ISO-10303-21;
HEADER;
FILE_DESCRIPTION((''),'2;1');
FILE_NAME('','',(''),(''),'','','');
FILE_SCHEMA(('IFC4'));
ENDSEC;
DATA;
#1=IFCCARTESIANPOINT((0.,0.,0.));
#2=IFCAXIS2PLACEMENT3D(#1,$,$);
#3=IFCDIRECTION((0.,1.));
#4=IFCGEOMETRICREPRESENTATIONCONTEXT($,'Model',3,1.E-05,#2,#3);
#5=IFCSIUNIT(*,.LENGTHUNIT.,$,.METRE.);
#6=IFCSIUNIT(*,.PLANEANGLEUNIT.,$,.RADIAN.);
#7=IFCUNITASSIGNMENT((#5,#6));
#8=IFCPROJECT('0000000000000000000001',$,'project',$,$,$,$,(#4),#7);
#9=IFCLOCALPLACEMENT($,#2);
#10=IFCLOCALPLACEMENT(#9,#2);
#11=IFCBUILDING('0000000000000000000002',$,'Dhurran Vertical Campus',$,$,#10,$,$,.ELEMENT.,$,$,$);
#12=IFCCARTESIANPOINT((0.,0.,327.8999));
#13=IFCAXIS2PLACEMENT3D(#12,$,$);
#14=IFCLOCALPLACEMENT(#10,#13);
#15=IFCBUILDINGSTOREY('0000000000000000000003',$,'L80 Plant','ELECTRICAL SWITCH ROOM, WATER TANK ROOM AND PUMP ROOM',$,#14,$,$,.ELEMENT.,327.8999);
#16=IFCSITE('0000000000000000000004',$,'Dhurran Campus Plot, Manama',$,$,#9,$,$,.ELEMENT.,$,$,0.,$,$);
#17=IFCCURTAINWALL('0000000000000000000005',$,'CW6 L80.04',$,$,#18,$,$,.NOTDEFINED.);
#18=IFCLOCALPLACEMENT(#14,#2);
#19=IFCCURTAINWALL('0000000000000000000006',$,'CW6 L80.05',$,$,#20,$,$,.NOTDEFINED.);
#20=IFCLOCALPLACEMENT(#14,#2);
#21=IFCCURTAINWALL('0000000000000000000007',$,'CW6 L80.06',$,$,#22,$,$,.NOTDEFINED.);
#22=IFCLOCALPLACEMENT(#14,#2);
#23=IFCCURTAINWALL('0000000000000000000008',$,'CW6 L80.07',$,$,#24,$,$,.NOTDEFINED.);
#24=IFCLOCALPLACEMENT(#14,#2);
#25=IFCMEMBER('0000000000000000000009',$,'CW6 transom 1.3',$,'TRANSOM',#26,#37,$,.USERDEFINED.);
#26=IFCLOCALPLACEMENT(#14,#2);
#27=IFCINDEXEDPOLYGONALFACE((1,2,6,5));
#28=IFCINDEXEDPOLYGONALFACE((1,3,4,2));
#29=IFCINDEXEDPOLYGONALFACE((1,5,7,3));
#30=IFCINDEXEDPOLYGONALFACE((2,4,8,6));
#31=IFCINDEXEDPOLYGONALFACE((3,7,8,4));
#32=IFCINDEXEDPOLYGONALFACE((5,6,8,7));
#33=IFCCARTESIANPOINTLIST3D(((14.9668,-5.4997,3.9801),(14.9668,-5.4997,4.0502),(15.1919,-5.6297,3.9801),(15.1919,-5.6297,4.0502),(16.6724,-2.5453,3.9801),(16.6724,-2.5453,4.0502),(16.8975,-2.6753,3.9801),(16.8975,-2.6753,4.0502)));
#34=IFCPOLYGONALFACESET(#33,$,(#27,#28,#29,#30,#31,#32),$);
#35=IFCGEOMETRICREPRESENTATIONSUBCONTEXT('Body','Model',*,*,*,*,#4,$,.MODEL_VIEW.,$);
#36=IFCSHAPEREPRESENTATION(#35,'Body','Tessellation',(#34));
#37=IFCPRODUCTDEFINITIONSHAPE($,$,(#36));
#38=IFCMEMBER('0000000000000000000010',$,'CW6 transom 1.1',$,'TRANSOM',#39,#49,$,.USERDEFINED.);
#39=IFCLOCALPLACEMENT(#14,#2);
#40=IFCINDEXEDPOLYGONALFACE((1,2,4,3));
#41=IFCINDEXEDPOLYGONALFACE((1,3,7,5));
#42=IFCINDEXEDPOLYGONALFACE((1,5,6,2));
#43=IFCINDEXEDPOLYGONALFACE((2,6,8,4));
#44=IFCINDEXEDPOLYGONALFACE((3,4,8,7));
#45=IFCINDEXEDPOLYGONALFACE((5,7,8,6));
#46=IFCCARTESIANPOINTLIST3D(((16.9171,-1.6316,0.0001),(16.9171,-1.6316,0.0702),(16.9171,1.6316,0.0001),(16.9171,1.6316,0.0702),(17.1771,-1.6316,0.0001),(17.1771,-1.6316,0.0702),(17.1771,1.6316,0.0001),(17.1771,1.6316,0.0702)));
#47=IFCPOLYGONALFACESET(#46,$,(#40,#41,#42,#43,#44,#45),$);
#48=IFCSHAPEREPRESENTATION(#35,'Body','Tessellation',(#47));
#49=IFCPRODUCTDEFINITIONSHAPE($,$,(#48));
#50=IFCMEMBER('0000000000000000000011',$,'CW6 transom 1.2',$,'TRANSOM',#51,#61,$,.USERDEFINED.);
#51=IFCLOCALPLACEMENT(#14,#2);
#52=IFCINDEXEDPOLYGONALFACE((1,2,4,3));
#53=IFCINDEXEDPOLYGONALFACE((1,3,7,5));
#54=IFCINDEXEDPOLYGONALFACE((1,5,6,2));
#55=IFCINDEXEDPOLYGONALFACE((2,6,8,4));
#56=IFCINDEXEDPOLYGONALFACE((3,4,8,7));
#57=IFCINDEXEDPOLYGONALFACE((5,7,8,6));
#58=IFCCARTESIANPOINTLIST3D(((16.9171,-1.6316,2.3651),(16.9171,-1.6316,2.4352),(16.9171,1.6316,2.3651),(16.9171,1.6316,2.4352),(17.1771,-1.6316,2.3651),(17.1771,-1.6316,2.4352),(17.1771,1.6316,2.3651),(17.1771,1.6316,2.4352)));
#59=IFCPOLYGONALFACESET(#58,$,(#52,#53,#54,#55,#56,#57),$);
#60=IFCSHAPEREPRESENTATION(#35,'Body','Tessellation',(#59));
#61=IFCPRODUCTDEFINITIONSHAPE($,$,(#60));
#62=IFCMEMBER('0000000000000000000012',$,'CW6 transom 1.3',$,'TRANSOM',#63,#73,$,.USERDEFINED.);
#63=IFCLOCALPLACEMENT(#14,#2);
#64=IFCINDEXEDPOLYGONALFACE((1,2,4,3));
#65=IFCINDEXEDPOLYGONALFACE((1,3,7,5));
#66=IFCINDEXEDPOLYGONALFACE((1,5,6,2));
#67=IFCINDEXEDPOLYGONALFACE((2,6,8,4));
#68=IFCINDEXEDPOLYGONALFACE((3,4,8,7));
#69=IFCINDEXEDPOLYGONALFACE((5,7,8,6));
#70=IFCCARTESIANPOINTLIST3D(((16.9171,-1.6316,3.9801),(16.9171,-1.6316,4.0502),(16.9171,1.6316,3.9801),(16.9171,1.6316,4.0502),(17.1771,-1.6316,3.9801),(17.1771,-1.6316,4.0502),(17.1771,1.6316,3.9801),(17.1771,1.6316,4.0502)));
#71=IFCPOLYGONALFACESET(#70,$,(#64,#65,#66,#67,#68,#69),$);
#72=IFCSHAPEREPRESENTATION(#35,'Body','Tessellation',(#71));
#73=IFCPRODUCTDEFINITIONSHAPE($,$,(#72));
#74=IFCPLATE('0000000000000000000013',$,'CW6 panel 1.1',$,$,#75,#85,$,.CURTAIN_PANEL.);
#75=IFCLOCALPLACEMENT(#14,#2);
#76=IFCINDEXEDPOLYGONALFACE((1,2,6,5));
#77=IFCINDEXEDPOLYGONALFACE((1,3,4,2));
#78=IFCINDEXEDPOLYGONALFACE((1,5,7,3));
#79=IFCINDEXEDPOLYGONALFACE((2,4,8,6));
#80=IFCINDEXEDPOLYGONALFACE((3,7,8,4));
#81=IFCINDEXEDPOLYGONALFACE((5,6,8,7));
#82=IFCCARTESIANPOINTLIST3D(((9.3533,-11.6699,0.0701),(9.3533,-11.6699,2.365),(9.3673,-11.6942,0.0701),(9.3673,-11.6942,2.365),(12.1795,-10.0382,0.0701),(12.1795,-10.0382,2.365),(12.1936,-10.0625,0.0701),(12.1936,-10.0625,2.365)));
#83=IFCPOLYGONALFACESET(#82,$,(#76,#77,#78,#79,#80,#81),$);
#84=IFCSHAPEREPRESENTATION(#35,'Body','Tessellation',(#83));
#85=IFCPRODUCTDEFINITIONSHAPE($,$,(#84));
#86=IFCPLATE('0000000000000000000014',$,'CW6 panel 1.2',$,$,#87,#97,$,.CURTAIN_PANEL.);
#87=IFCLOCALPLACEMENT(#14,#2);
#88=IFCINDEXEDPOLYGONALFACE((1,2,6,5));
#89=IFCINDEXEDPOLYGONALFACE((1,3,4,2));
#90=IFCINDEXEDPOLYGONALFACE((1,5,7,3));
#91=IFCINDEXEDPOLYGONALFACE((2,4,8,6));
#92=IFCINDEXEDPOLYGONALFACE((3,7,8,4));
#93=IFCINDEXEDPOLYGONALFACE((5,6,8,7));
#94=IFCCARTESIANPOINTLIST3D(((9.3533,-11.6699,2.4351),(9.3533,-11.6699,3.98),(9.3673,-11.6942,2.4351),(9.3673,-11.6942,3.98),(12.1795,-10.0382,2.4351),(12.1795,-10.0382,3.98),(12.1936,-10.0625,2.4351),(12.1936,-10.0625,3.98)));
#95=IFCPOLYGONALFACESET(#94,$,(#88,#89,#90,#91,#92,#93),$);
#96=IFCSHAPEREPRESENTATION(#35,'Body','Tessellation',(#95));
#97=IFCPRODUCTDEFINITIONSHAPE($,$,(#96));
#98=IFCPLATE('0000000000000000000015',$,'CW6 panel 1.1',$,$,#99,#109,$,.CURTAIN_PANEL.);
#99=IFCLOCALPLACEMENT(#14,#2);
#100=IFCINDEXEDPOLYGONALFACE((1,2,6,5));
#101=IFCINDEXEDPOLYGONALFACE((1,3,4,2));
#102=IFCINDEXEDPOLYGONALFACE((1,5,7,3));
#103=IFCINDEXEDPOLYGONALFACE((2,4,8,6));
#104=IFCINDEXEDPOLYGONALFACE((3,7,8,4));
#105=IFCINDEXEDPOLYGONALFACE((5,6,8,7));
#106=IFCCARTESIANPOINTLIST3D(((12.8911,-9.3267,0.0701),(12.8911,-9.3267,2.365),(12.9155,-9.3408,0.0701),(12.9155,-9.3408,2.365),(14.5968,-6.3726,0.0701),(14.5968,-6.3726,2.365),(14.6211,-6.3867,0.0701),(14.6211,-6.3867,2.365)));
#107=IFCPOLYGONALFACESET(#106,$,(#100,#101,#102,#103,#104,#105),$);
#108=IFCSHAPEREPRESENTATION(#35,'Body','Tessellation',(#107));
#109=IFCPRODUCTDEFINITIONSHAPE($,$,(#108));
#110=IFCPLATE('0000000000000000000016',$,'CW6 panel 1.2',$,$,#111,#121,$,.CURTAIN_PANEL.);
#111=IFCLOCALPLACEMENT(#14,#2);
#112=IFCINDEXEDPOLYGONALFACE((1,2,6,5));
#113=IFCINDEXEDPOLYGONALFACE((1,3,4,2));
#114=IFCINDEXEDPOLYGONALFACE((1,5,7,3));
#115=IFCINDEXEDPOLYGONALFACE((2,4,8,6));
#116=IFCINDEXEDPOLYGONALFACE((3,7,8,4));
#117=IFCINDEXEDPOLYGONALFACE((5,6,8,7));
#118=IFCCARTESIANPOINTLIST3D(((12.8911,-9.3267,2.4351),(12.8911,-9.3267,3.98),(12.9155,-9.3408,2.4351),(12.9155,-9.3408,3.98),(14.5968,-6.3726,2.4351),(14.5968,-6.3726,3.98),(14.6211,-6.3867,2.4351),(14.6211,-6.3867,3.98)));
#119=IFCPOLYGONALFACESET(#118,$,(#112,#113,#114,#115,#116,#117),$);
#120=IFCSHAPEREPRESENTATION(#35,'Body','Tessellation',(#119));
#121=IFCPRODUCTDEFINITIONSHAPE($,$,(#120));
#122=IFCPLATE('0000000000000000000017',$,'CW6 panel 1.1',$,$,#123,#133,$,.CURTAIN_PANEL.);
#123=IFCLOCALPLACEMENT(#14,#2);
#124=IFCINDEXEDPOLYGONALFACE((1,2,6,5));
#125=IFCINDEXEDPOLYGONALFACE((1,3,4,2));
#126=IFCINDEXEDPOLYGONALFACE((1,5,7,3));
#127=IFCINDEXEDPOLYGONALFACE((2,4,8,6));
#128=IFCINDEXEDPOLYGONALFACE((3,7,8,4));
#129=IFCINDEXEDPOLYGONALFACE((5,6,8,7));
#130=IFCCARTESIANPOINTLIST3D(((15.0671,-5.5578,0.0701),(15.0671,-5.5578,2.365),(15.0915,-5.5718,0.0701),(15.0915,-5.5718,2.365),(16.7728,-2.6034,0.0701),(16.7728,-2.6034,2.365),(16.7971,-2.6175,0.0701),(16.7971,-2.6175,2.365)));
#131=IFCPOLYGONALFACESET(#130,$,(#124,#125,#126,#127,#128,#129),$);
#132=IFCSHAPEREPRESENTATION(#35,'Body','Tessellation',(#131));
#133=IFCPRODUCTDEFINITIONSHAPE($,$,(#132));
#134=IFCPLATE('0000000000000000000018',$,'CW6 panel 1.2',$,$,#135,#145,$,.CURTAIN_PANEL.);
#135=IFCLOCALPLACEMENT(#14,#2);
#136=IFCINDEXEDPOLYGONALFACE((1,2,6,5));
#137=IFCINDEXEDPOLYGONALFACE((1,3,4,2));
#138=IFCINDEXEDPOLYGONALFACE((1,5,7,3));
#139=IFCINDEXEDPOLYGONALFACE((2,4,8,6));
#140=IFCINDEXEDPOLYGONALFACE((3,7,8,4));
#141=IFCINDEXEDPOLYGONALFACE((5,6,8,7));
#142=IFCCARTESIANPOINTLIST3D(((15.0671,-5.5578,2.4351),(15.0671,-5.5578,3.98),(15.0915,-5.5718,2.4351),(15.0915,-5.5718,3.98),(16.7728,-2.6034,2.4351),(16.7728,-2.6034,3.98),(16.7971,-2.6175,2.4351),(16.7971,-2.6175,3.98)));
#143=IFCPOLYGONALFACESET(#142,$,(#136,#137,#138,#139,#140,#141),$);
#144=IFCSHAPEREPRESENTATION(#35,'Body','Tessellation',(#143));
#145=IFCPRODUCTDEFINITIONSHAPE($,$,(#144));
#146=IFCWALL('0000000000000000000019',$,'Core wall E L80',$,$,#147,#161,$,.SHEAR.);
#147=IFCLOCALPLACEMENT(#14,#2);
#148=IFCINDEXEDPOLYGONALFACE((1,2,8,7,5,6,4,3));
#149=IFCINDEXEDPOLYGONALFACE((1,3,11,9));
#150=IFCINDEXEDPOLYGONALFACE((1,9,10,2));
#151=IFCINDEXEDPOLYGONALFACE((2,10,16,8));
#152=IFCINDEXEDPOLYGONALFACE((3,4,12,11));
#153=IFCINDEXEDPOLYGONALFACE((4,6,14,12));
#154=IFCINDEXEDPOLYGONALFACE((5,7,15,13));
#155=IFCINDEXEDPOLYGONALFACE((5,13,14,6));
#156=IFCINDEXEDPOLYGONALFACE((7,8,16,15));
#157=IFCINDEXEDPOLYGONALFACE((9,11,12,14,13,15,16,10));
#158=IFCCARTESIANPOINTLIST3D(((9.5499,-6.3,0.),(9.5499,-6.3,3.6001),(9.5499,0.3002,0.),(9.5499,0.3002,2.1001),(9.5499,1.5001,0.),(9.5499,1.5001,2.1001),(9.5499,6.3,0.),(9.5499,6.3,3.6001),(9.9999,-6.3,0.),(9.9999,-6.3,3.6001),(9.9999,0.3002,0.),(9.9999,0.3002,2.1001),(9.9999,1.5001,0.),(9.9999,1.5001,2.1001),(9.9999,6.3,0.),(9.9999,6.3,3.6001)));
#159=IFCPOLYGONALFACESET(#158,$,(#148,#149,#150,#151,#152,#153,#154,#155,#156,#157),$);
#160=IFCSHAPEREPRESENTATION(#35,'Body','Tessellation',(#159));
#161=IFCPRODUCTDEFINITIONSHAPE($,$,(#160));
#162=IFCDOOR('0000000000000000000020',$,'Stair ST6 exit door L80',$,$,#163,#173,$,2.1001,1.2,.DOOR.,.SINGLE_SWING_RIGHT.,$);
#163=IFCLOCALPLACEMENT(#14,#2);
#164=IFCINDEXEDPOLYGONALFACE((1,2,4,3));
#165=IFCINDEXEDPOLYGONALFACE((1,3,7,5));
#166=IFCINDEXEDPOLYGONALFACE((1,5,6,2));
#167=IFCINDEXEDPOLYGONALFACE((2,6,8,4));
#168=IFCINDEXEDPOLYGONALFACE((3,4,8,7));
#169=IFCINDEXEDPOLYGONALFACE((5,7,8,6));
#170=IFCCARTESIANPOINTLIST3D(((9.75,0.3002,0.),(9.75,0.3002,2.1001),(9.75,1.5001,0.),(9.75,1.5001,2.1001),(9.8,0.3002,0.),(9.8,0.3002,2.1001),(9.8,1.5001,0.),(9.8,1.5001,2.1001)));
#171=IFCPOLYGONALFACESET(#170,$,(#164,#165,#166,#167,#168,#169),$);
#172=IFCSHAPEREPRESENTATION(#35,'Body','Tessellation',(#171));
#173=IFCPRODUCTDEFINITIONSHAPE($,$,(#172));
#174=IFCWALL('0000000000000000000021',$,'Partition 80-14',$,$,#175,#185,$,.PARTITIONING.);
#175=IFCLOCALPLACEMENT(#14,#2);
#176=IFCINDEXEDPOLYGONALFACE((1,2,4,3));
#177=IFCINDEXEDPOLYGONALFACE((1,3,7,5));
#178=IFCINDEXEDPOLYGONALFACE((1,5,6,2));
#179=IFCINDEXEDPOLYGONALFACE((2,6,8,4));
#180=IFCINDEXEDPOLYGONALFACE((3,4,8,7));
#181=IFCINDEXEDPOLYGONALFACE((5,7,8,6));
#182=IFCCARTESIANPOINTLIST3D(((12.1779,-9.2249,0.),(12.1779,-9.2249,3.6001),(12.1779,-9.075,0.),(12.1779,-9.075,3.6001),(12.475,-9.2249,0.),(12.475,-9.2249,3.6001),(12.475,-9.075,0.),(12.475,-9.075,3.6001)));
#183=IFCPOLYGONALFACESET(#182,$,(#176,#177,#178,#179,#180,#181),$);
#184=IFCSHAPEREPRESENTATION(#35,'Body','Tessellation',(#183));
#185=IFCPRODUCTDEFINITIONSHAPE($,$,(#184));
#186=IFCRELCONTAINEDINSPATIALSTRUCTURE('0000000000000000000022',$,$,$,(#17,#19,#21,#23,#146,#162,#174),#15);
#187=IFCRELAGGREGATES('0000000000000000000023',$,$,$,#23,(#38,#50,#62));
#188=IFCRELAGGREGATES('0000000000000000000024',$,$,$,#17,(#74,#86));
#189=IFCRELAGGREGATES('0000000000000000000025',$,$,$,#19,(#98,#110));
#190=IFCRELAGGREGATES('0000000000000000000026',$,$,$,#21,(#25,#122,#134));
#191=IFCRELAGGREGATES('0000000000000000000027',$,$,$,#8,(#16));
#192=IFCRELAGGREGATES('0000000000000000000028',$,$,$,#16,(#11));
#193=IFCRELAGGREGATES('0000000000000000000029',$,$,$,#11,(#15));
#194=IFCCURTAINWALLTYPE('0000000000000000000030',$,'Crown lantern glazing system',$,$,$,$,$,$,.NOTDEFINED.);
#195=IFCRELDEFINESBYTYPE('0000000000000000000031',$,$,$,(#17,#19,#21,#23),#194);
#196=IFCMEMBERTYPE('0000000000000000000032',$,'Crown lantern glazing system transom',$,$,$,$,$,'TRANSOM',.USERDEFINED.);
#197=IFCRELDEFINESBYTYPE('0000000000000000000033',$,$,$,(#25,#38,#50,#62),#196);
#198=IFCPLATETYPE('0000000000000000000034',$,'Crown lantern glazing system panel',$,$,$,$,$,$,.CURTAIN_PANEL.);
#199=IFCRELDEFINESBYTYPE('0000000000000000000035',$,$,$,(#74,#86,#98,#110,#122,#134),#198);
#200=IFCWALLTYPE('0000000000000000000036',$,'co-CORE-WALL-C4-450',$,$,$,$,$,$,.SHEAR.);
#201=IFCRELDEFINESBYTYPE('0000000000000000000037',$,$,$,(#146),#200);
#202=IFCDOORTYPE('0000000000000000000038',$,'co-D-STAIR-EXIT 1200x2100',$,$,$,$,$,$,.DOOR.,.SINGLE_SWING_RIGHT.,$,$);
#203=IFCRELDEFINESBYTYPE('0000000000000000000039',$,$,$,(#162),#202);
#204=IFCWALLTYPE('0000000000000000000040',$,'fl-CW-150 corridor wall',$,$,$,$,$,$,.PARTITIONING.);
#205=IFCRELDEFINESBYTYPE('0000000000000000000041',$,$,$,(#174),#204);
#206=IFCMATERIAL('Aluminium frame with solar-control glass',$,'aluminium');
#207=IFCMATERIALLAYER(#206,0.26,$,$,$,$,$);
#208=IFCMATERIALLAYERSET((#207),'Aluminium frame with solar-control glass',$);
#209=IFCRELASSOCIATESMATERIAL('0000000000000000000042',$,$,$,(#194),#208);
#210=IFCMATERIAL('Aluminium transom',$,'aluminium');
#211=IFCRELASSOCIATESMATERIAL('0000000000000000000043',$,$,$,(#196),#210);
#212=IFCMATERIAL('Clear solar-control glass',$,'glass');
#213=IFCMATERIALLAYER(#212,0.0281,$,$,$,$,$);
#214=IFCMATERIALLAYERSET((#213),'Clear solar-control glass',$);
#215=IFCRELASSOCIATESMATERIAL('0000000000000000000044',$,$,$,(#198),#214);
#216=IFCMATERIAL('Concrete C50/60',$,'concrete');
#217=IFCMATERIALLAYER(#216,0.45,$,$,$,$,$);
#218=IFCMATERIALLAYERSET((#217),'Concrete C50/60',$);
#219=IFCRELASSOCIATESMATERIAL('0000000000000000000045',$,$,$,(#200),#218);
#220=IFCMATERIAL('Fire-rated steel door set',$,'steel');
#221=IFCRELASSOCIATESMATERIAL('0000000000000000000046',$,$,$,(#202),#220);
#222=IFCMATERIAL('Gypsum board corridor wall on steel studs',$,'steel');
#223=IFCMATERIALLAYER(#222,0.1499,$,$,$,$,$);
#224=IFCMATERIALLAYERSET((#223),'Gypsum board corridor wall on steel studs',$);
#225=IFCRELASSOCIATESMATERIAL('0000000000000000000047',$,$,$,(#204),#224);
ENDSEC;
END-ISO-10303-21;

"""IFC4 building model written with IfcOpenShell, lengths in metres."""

from ifc_helpers import new_model, si_unit, direction, frame, frame_2d, origin, origin_2d, place, context, subcontext, project, spatial, rectangle, extrude, material, layer, layer_set, material_profile, profile_set, type_object, element, fill, aggregate, save


model = new_model("IFC4")

# Units and contexts
model_context = context("Model", 3, precision=1e-05, world=origin(), true_north=direction((0.0, 1.0)))
body_context = subcontext(model_context, "Body", "Model", "MODEL_VIEW")
ifc_project = project(units=[si_unit("LENGTHUNIT", "METRE"), si_unit("PLANEANGLEUNIT", "RADIAN")], contexts=[model_context])

# Site, building, storey
site_placement = place(None, origin())
site = spatial("IfcSite", under=ifc_project, at=site_placement, Name="Dhurran Campus Plot, Manama", CompositionType="ELEMENT", RefElevation=0.0)
building_placement = place(site_placement, origin())
building = spatial("IfcBuilding", under=site, at=building_placement, Name="Dhurran Vertical Campus", CompositionType="ELEMENT")
storey_placement = place(building_placement, frame((0.0, 0.0, 327.8999)))
storey = spatial("IfcBuildingStorey", under=building, at=storey_placement, Name="L80 Plant", Description="ELECTRICAL SWITCH ROOM, WATER TANK ROOM AND PUMP ROOM", CompositionType="ELEMENT", Elevation=327.8999)

# Curtain wall
ifc_material_1 = material(Name="Aluminium frame with solar-control glass", Category="aluminium")
ifc_layer_1 = layer(ifc_material_1, 0.26)
ifc_layer_set_1 = layer_set([ifc_layer_1], Name="Aluminium frame with solar-control glass")
curtain_wall_type = type_object("IfcCurtainWallType", Name="Crown lantern glazing system", PredefinedType="NOTDEFINED", material=ifc_layer_set_1)
curtain_wall_1_placement = place(storey_placement, origin())
curtain_wall_1 = element("IfcCurtainWall", 1, at=curtain_wall_1_placement, inside=storey, type_object=curtain_wall_type, Name="CW6 L80.04", PredefinedType="NOTDEFINED")

# Curtain walls
curtain_wall_2_placement = place(storey_placement, origin())
curtain_wall_2 = element("IfcCurtainWall", 2, at=curtain_wall_2_placement, inside=storey, type_object=curtain_wall_type, Name="CW6 L80.05", PredefinedType="NOTDEFINED")
curtain_wall_3_placement = place(storey_placement, origin())
curtain_wall_3 = element("IfcCurtainWall", 3, at=curtain_wall_3_placement, inside=storey, type_object=curtain_wall_type, Name="CW6 L80.06", PredefinedType="NOTDEFINED")

# Curtain wall
curtain_wall_4_placement = place(storey_placement, origin())
curtain_wall_4 = element("IfcCurtainWall", 4, at=curtain_wall_4_placement, inside=storey, type_object=curtain_wall_type, Name="CW6 L80.07", PredefinedType="NOTDEFINED")

# Members
ifc_material_2 = material(Name="Aluminium transom", Category="aluminium")
ifc_material_profile_1 = material_profile(ifc_material_2, rectangle(XDim=0.26, YDim=0.0701, at=origin_2d()), Name="Crown lantern glazing system transom")
ifc_profile_set_1 = profile_set([ifc_material_profile_1], Name="Aluminium transom")
member_type_1 = type_object("IfcMemberType", Name="Crown lantern glazing system transom", ElementType="TRANSOM", PredefinedType="USERDEFINED", material=ifc_profile_set_1)
member_1_placement = place(storey_placement, frame((15.0793, -5.5647, 4.0151), z_axis=(0.499972, 0.866041, 0.0), x_axis=(-0.866041, 0.499972, 0.0)))
member_1 = element("IfcMember", 5, at=member_1_placement, type_object=member_type_1, Name="CW6 transom 1.3", ObjectType="TRANSOM", PredefinedType="USERDEFINED", context=body_context, shape_type="SweptSolid", body=[
    extrude(rectangle(XDim=0.26, YDim=0.0701, at=origin_2d()), origin(), (0.0, 0.0, 1.0), 3.4114),
])
member_2_placement = place(storey_placement, frame((17.0471, -1.6316, 0.0352), z_axis=(0.0, 1.0, 0.0), x_axis=(-1.0, 0.0, 0.0)))
member_2 = element("IfcMember", 6, at=member_2_placement, type_object=member_type_1, Name="CW6 transom 1.1", ObjectType="TRANSOM", PredefinedType="USERDEFINED", context=body_context, shape_type="SweptSolid", body=[
    extrude(rectangle(XDim=0.26, YDim=0.0701, at=origin_2d()), origin(), (0.0, 0.0, 1.0), 3.2632),
])
member_3_placement = place(storey_placement, frame((17.0471, -1.6316, 2.4001), z_axis=(0.0, 1.0, 0.0), x_axis=(-1.0, 0.0, 0.0)))
member_3 = element("IfcMember", 7, at=member_3_placement, type_object=member_type_1, Name="CW6 transom 1.2", ObjectType="TRANSOM", PredefinedType="USERDEFINED", context=body_context, shape_type="SweptSolid", body=[
    extrude(rectangle(XDim=0.26, YDim=0.0701, at=origin_2d()), origin(), (0.0, 0.0, 1.0), 3.2632),
])
member_4_placement = place(storey_placement, frame((17.0471, -1.6316, 4.0151), z_axis=(0.0, 1.0, 0.0), x_axis=(-1.0, 0.0, 0.0)))
member_4 = element("IfcMember", 8, at=member_4_placement, type_object=member_type_1, Name="CW6 transom 1.3", ObjectType="TRANSOM", PredefinedType="USERDEFINED", context=body_context, shape_type="SweptSolid", body=[
    extrude(rectangle(XDim=0.26, YDim=0.0701, at=origin_2d()), origin(), (0.0, 0.0, 1.0), 3.2632),
])
aggregate(curtain_wall_4, [member_2, member_3, member_4])

# Plates
ifc_material_3 = material(Name="Clear solar-control glass", Category="glass")
ifc_layer_2 = layer(ifc_material_3, 0.0281)
ifc_layer_set_2 = layer_set([ifc_layer_2], Name="Clear solar-control glass")
plate_type = type_object("IfcPlateType", Name="Crown lantern glazing system panel", PredefinedType="CURTAIN_PANEL", material=ifc_layer_set_2)
plate_1_placement = place(storey_placement, frame((10.7734, -10.8662, 0.0701), z_axis=(0.0, 0.0, 1.0), x_axis=(0.86603, 0.499991, 0.0)))
plate_1 = element("IfcPlate", 9, at=plate_1_placement, type_object=plate_type, Name="CW6 panel 1.1", PredefinedType="CURTAIN_PANEL", context=body_context, shape_type="SweptSolid", body=[
    extrude(rectangle(XDim=3.2634, YDim=0.0281, at=origin_2d()), origin(), (0.0, 0.0, 1.0), 2.2949),
])
plate_2_placement = place(storey_placement, frame((10.7734, -10.8662, 2.4351), z_axis=(0.0, 0.0, 1.0), x_axis=(0.86603, 0.499991, 0.0)))
plate_2 = element("IfcPlate", 10, at=plate_2_placement, type_object=plate_type, Name="CW6 panel 1.2", PredefinedType="CURTAIN_PANEL", context=body_context, shape_type="SweptSolid", body=[
    extrude(rectangle(XDim=3.2634, YDim=0.0281, at=origin_2d()), origin(), (0.0, 0.0, 1.0), 1.5449),
])
aggregate(curtain_wall_1, [plate_1, plate_2])
plate_3_placement = place(storey_placement, frame((13.7561, -7.8567, 0.0701), z_axis=(0.0, 0.0, 1.0), x_axis=(0.500016, 0.866016, 0.0)))
plate_3 = element("IfcPlate", 11, at=plate_3_placement, type_object=plate_type, Name="CW6 panel 1.1", PredefinedType="CURTAIN_PANEL", context=body_context, shape_type="SweptSolid", body=[
    extrude(rectangle(XDim=3.4111, YDim=0.0281, at=origin_2d()), origin(), (0.0, 0.0, 1.0), 2.2949),
])
plate_4_placement = place(storey_placement, frame((13.7561, -7.8567, 2.4351), z_axis=(0.0, 0.0, 1.0), x_axis=(0.500016, 0.866016, 0.0)))
plate_4 = element("IfcPlate", 12, at=plate_4_placement, type_object=plate_type, Name="CW6 panel 1.2", PredefinedType="CURTAIN_PANEL", context=body_context, shape_type="SweptSolid", body=[
    extrude(rectangle(XDim=3.4111, YDim=0.0281, at=origin_2d()), origin(), (0.0, 0.0, 1.0), 1.5449),
])
aggregate(curtain_wall_2, [plate_3, plate_4])
plate_5_placement = place(storey_placement, frame((15.9321, -4.0876, 0.0701), z_axis=(0.0, 0.0, 1.0), x_axis=(0.499991, 0.86603, 0.0)))
plate_5 = element("IfcPlate", 13, at=plate_5_placement, type_object=plate_type, Name="CW6 panel 1.1", PredefinedType="CURTAIN_PANEL", context=body_context, shape_type="SweptSolid", body=[
    extrude(rectangle(XDim=3.4114, YDim=0.0281, at=origin_2d()), origin(), (0.0, 0.0, 1.0), 2.2949),
])
plate_6_placement = place(storey_placement, frame((15.9321, -4.0876, 2.4351), z_axis=(0.0, 0.0, 1.0), x_axis=(0.499991, 0.86603, 0.0)))
plate_6 = element("IfcPlate", 14, at=plate_6_placement, type_object=plate_type, Name="CW6 panel 1.2", PredefinedType="CURTAIN_PANEL", context=body_context, shape_type="SweptSolid", body=[
    extrude(rectangle(XDim=3.4114, YDim=0.0281, at=origin_2d()), origin(), (0.0, 0.0, 1.0), 1.5449),
])
aggregate(curtain_wall_3, [member_1, plate_5, plate_6])

# Wall, opening, door
ifc_material_4 = material(Name="Concrete C50/60", Category="concrete")
ifc_layer_3 = layer(ifc_material_4, 0.45)
ifc_layer_set_3 = layer_set([ifc_layer_3], Name="Concrete C50/60")
wall_type_1 = type_object("IfcWallType", Name="co-CORE-WALL-C4-450", PredefinedType="SHEAR", material=ifc_layer_set_3)
wall_1_placement = place(storey_placement, frame((9.7749, -6.3, 0.0), z_axis=(0.0, 0.0, 1.0), x_axis=(0.0, 1.0, 0.0)))
wall_1 = element("IfcWall", 15, at=wall_1_placement, inside=storey, type_object=wall_type_1, Name="Core wall E L80", PredefinedType="SHEAR", context=body_context, shape_type="SweptSolid", body=[
    extrude(rectangle(XDim=12.6001, YDim=0.45, at=frame_2d((6.3, 0.0))), origin(), (0.0, 0.0, 1.0), 3.6001),
])
opening_1_placement = place(wall_1_placement, frame((6.6001, 0.0, 0.0)))
opening_1 = element("IfcOpeningElement", 16, at=opening_1_placement, cuts=wall_1, PredefinedType="OPENING", context=body_context, shape_type="SweptSolid", body=[
    extrude(rectangle(XDim=1.2, YDim=2.1001, at=frame_2d((0.6001, 1.05))), frame((0.0, 0.2349, 0.0), z_axis=(0.0, -1.0, 0.0), x_axis=(1.0, 0.0, 0.0)), (0.0, 0.0, 1.0), 0.47),
])
ifc_material_5 = material(Name="Fire-rated steel door set", Category="steel")
door_type_1 = type_object("IfcDoorType", Name="co-D-STAIR-EXIT 1200x2100", OperationType="SINGLE_SWING_RIGHT", PredefinedType="DOOR", material=ifc_material_5)
door_1_placement = place(opening_1_placement, origin())
door_1 = element("IfcDoor", 17, at=door_1_placement, inside=storey, type_object=door_type_1, Name="Stair ST6 exit door L80", OperationType="SINGLE_SWING_RIGHT", OverallHeight=2.1001, OverallWidth=1.2, PredefinedType="DOOR", context=body_context, shape_type="SweptSolid", body=[
    extrude(rectangle(XDim=1.2, YDim=2.1001, at=frame_2d((0.6001, 1.05))), frame((0.0, 0.0249, 0.0), z_axis=(0.0, -1.0, 0.0), x_axis=(1.0, 0.0, 0.0)), (0.0, 0.0, 1.0), 0.05),
])
fill(opening_1, door_1)

# Wall
ifc_material_6 = material(Name="Gypsum board corridor wall on steel studs", Category="steel")
ifc_layer_4 = layer(ifc_material_6, 0.1499)
ifc_layer_set_4 = layer_set([ifc_layer_4], Name="Gypsum board corridor wall on steel studs")
wall_type_2 = type_object("IfcWallType", Name="fl-CW-150 corridor wall", PredefinedType="PARTITIONING", material=ifc_layer_set_4)
wall_2_placement = place(storey_placement, frame((12.178, -9.1499, 0.0), z_axis=(0.0, 0.0, 1.0), x_axis=(1.0, 0.0, 0.0)))
element("IfcWall", 18, at=wall_2_placement, inside=storey, type_object=wall_type_2, Name="Partition 80-14", PredefinedType="PARTITIONING", context=body_context, shape_type="SweptSolid", body=[
    extrude(rectangle(XDim=0.2971, YDim=0.1499, at=frame_2d((0.1484, 0.0))), origin(), (0.0, 0.0, 1.0), 3.6001),
])

save(model, "model.ifc")
